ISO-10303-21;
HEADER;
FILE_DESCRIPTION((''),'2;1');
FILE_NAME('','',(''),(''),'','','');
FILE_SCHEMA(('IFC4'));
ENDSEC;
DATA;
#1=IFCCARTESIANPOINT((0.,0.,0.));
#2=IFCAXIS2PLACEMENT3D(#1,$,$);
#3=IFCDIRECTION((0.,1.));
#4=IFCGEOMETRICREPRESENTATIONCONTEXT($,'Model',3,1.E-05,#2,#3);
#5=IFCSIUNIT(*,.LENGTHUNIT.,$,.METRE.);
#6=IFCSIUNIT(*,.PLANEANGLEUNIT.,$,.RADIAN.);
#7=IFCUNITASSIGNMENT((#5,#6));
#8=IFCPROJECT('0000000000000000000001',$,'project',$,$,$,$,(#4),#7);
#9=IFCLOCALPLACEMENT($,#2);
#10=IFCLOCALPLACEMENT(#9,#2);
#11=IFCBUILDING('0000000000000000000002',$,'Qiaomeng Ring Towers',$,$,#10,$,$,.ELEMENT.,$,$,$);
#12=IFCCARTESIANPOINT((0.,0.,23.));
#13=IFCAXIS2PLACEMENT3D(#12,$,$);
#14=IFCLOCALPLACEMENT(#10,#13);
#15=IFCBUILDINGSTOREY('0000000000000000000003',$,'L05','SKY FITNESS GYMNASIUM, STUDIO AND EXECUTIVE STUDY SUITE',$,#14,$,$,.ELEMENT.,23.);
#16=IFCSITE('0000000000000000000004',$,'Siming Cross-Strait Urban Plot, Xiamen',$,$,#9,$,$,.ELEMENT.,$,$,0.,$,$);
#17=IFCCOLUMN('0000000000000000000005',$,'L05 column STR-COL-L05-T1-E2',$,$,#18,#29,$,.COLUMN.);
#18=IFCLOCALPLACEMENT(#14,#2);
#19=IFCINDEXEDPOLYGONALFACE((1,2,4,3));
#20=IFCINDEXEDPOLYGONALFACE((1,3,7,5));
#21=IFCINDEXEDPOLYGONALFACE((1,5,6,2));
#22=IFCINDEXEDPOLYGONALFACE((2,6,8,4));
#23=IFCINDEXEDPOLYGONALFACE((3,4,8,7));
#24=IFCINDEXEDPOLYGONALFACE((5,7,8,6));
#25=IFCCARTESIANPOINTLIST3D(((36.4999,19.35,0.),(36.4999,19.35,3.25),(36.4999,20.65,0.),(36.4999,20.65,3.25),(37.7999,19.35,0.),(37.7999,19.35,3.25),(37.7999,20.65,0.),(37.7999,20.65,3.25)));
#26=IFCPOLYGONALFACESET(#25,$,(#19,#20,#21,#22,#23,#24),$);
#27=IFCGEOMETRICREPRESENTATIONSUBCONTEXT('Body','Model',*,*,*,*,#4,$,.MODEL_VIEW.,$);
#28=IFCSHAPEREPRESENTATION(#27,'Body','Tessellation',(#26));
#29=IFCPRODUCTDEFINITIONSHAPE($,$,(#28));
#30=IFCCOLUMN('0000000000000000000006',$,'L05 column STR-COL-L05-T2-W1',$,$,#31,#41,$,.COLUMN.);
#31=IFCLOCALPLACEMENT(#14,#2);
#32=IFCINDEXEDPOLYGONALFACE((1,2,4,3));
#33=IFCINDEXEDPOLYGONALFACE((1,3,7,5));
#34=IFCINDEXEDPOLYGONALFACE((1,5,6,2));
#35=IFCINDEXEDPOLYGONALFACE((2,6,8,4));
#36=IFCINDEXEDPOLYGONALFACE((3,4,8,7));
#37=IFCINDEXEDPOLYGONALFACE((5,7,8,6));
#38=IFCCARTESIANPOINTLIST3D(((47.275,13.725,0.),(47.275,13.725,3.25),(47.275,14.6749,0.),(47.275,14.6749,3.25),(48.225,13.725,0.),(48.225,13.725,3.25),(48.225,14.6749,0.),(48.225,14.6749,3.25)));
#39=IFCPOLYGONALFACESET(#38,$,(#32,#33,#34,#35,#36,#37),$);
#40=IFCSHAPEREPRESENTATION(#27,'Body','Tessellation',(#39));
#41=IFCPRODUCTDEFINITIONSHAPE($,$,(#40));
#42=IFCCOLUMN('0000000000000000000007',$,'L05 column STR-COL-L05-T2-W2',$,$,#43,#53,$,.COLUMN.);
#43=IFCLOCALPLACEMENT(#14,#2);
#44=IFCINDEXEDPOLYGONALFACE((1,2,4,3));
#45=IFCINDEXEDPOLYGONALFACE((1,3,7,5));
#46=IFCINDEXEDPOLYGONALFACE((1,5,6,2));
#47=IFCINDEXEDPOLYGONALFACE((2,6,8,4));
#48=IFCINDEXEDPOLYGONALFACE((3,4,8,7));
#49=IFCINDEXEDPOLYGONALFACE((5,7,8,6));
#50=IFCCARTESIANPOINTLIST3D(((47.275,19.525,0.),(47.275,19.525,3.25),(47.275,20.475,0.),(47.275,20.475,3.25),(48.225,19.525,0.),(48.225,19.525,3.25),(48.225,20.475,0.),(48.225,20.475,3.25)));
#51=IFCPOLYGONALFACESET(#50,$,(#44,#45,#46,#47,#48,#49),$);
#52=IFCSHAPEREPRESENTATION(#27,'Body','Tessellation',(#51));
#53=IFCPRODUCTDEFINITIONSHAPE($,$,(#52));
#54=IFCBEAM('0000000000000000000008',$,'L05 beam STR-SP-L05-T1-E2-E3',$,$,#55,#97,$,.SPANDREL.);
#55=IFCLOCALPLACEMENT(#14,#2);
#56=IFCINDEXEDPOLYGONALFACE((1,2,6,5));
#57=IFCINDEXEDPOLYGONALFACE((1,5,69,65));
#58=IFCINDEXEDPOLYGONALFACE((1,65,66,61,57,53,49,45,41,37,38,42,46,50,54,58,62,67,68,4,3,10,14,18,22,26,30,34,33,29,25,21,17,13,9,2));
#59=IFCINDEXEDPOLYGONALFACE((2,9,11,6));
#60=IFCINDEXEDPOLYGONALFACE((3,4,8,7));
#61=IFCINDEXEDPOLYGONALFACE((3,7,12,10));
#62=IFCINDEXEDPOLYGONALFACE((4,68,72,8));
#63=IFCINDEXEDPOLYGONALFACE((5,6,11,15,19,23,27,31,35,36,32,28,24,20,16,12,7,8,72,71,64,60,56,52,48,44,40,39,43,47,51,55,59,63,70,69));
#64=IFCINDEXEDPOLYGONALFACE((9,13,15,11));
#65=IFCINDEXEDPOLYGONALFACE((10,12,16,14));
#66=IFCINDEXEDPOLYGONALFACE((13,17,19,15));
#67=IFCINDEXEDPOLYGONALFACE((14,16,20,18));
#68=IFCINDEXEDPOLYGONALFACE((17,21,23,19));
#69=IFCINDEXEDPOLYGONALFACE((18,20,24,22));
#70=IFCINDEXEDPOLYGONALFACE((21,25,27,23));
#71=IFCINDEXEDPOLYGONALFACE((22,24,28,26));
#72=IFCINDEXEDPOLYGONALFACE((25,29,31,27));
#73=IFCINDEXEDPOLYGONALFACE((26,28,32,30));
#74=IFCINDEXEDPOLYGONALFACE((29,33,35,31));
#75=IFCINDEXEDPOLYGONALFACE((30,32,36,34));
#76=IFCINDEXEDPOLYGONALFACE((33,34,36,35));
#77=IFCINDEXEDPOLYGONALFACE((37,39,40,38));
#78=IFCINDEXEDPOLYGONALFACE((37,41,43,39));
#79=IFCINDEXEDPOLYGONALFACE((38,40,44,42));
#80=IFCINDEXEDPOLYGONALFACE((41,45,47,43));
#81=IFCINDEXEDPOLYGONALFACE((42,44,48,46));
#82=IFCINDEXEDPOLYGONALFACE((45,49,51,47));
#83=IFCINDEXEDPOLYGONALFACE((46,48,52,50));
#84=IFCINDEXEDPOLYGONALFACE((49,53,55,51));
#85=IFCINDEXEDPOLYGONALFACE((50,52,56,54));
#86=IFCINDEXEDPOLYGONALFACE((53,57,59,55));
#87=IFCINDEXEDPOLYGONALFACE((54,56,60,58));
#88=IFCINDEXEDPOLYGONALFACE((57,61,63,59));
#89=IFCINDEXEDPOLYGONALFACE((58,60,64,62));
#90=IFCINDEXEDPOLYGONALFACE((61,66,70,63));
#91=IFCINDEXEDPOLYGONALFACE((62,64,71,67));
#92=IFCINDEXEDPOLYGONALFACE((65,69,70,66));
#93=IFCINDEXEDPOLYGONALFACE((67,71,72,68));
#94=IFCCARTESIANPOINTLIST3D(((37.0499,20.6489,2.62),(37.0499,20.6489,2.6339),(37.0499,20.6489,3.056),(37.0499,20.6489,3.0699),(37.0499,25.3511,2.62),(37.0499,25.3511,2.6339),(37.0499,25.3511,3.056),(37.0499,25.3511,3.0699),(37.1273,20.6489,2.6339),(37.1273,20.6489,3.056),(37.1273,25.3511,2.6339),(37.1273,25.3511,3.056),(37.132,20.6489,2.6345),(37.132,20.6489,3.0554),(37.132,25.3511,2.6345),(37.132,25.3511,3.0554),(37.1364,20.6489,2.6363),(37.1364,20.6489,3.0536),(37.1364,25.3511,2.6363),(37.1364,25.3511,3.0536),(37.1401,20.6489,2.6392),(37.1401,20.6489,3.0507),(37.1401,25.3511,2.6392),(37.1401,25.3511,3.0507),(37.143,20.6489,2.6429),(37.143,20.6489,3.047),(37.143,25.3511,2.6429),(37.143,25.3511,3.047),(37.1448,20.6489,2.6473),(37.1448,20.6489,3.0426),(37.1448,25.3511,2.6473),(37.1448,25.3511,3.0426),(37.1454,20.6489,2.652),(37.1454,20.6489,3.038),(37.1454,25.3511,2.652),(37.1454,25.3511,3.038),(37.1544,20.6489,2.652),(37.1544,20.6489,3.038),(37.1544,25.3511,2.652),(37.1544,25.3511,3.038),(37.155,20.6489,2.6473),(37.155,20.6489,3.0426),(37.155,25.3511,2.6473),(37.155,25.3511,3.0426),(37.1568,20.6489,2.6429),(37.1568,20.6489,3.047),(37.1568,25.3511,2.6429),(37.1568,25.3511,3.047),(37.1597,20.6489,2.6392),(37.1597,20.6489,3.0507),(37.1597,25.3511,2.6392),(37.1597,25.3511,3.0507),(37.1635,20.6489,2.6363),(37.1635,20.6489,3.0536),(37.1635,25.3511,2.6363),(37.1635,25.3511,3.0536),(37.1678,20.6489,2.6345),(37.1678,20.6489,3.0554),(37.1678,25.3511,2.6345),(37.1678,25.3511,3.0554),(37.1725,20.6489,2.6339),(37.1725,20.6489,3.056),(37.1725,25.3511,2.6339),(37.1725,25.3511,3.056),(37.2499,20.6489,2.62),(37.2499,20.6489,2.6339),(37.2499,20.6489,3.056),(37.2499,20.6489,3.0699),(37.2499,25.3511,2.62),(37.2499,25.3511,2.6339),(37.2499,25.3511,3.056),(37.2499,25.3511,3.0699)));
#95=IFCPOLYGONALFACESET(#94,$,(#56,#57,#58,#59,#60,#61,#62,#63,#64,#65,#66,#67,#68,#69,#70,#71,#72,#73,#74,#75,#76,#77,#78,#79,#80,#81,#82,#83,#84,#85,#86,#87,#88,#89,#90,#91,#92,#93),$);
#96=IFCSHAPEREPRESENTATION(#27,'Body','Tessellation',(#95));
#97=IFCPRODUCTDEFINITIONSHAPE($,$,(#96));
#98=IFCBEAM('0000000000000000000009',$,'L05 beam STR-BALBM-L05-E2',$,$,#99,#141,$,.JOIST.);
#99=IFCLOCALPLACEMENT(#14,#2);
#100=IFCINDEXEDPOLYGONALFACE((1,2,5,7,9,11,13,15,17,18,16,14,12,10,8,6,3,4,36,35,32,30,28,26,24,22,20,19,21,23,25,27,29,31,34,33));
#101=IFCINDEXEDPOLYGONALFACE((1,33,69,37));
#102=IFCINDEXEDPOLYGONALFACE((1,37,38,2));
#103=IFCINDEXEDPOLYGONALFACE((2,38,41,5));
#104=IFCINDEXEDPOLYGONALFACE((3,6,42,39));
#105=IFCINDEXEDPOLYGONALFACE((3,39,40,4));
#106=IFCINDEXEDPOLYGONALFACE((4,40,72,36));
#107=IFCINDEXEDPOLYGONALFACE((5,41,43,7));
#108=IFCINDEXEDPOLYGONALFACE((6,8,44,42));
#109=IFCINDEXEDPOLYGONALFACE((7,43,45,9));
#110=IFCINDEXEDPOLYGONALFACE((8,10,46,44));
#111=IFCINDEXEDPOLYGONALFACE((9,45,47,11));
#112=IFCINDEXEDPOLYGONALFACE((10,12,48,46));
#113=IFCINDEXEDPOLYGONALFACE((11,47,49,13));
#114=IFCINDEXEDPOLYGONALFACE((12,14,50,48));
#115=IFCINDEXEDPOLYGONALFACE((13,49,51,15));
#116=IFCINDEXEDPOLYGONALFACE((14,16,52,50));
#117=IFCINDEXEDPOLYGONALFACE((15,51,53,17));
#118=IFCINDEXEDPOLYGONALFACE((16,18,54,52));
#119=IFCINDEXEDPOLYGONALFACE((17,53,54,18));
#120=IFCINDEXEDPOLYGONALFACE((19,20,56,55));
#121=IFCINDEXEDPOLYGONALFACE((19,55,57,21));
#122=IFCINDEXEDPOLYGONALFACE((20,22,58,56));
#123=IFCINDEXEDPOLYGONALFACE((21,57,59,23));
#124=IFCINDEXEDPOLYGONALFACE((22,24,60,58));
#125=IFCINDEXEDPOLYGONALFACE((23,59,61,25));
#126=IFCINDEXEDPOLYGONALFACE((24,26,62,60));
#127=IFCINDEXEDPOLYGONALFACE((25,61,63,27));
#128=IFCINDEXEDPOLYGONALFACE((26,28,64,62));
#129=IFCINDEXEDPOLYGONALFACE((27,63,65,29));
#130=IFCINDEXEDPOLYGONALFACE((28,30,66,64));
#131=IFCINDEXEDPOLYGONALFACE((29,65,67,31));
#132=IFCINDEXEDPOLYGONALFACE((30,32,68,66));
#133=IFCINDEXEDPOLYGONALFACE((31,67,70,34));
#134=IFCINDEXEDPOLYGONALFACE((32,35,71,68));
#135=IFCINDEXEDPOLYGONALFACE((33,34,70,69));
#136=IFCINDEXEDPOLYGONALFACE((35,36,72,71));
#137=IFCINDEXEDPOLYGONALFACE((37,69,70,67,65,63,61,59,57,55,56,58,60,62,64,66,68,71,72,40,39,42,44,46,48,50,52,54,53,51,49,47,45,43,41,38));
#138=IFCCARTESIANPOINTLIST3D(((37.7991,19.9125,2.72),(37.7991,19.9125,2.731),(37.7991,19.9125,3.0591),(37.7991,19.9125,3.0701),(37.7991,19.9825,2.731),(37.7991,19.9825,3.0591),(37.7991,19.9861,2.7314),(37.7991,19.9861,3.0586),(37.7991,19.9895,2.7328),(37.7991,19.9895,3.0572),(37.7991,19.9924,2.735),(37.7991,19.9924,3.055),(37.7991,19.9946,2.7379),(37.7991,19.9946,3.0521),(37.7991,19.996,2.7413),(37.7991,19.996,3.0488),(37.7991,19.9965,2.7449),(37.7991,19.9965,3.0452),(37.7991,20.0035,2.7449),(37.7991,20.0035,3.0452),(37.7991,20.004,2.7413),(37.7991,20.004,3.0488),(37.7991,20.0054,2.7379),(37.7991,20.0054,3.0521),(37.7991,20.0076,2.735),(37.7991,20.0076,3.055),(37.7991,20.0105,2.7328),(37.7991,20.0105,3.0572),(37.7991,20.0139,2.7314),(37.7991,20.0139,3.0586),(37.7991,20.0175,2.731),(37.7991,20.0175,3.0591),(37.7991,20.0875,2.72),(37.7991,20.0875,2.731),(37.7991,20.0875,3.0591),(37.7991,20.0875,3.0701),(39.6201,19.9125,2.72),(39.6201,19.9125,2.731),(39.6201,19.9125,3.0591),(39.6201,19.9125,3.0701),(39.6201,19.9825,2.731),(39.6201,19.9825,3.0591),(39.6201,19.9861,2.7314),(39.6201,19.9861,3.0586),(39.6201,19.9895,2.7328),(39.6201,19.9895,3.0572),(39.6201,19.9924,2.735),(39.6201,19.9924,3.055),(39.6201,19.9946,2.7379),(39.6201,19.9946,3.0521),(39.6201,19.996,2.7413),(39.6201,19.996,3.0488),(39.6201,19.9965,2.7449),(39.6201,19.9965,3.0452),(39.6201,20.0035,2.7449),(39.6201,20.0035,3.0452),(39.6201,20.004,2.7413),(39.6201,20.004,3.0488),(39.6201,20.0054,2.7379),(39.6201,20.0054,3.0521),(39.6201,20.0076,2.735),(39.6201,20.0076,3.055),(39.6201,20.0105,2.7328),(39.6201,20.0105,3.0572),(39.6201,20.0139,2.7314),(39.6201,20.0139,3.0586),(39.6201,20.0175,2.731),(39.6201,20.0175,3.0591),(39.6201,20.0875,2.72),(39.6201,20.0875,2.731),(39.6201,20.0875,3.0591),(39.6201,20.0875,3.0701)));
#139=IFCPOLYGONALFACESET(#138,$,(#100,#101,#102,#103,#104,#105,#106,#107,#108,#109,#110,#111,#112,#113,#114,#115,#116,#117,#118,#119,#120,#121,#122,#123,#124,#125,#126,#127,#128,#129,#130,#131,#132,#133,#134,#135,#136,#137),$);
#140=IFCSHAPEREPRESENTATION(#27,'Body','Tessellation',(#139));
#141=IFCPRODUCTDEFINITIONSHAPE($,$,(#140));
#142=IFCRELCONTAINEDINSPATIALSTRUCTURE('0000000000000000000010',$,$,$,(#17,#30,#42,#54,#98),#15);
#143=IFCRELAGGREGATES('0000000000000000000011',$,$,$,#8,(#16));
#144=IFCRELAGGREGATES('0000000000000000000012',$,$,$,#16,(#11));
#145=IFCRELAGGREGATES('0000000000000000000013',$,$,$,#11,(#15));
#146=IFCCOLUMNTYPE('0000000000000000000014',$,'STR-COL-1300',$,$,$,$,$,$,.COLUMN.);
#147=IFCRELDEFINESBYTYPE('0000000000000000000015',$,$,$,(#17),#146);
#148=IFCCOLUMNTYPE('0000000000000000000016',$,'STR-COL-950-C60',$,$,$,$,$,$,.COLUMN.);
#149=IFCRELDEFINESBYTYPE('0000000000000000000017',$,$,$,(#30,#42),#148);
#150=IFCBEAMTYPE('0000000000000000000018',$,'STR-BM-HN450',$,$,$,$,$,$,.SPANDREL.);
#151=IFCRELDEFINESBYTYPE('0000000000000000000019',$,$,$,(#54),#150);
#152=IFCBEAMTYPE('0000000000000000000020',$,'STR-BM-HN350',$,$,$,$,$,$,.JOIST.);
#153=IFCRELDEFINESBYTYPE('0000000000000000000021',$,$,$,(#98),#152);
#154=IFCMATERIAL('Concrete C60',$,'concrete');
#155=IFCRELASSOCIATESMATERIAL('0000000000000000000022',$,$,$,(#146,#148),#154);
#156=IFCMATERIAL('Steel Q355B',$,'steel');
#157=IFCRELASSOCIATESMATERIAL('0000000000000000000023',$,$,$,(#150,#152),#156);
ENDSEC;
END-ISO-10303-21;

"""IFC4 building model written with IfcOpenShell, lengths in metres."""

from ifc_helpers import new_model, si_unit, direction, frame, origin, origin_2d, place, context, subcontext, project, spatial, rectangle, i_section, extrude, source, transform, mapped, material, material_profile, profile_set, type_object, element, save


model = new_model("IFC4")

# Units and contexts
model_context = context("Model", 3, precision=1e-05, world=origin(), true_north=direction((0.0, 1.0)))
body_context = subcontext(model_context, "Body", "Model", "MODEL_VIEW")
ifc_project = project(units=[si_unit("LENGTHUNIT", "METRE"), si_unit("PLANEANGLEUNIT", "RADIAN")], contexts=[model_context])

# Site, building, storey
site_placement = place(None, origin())
site = spatial("IfcSite", under=ifc_project, at=site_placement, Name="Siming Cross-Strait Urban Plot, Xiamen", CompositionType="ELEMENT", RefElevation=0.0)
building_placement = place(site_placement, origin())
building = spatial("IfcBuilding", under=site, at=building_placement, Name="Qiaomeng Ring Towers", CompositionType="ELEMENT")
storey_placement = place(building_placement, frame((0.0, 0.0, 23.0)))
storey = spatial("IfcBuildingStorey", under=building, at=storey_placement, Name="L05", Description="SKY FITNESS GYMNASIUM, STUDIO AND EXECUTIVE STUDY SUITE", CompositionType="ELEMENT", Elevation=23.0)

# Columns
ifc_material_1 = material(Name="Concrete C60", Category="concrete")
ifc_material_profile_1 = material_profile(ifc_material_1, rectangle(XDim=1.3, YDim=1.3, at=origin_2d()), Name="RC COL 1300x1300")
ifc_profile_set_1 = profile_set([ifc_material_profile_1], Name="Concrete C60")
column_type_1 = type_object("IfcColumnType", Name="STR-COL-1300", PredefinedType="COLUMN", material=ifc_profile_set_1)
shared_shape_1 = source(origin(), body_context, "Body", "SweptSolid", [
    extrude(rectangle(XDim=1.3, YDim=1.3, at=origin_2d()), origin(), (0.0, 0.0, 1.0), 3.25),
])
column_placement = place(storey_placement, frame((37.1499, 20.0, 0.0), z_axis=(0.0, 0.0, 1.0), x_axis=(1.0, 0.0, 0.0)))
element("IfcColumn", 1, at=column_placement, inside=storey, type_object=column_type_1, Name="L05 column STR-COL-L05-T1-E2", PredefinedType="COLUMN", context=body_context, shape_type="MappedRepresentation", body=[
    mapped(shared_shape_1, transform((0.0, 0.0, 0.0), x_axis=(1.0, 0.0, 0.0), y_axis=(0.0, 1.0, 0.0), z_axis=(0.0, 0.0, 1.0), scale=1.0)),
])
ifc_material_profile_2 = material_profile(ifc_material_1, rectangle(XDim=0.95, YDim=0.95, at=origin_2d()), Name="RC COL 950x950")
ifc_profile_set_2 = profile_set([ifc_material_profile_2], Name="Concrete C60")
column_type_2 = type_object("IfcColumnType", Name="STR-COL-950-C60", PredefinedType="COLUMN", material=ifc_profile_set_2)
shared_shape_2 = source(origin(), body_context, "Body", "SweptSolid", [
    extrude(rectangle(XDim=0.95, YDim=0.95, at=origin_2d()), origin(), (0.0, 0.0, 1.0), 3.25),
])
for number, where, z_axis, x_axis, name in (
    (2, (47.75, 14.2, 0.0), (0.0, 0.0, 1.0), (1.0, 0.0, 0.0), "L05 column STR-COL-L05-T2-W1"),
    (3, (47.75, 20.0, 0.0), (0.0, 0.0, 1.0), (1.0, 0.0, 0.0), "L05 column STR-COL-L05-T2-W2"),
):
    element("IfcColumn", number, at=place(storey_placement, frame(where, z_axis=z_axis, x_axis=x_axis)), inside=storey, type_object=column_type_2, Name=name, PredefinedType="COLUMN", context=body_context, shape_type="MappedRepresentation", body=[
        mapped(shared_shape_2, transform((0.0, 0.0, 0.0), x_axis=(1.0, 0.0, 0.0), y_axis=(0.0, 1.0, 0.0), z_axis=(0.0, 0.0, 1.0), scale=1.0)),
    ])

# Beams
ifc_material_2 = material(Name="Steel Q355B", Category="steel")
ifc_material_profile_3 = material_profile(ifc_material_2, i_section(OverallWidth=0.2, OverallDepth=0.45, WebThickness=0.009, FlangeThickness=0.0139, FilletRadius=0.0181, at=origin_2d()), Name="HN 450x200x9x14")
ifc_profile_set_3 = profile_set([ifc_material_profile_3], Name="Steel Q355B")
beam_type_1 = type_object("IfcBeamType", Name="STR-BM-HN450", PredefinedType="SPANDREL", material=ifc_profile_set_3)
shared_shape_3 = source(origin(), body_context, "Body", "SweptSolid", [
    extrude(i_section(OverallWidth=0.2, OverallDepth=0.45, WebThickness=0.009, FlangeThickness=0.0139, FilletRadius=0.0181, at=origin_2d()), origin(), (0.0, 0.0, 1.0), 4.7021),
])
beam_1_placement = place(storey_placement, frame((37.1499, 20.6489, 2.845), z_axis=(0.0, 1.0, 0.0), x_axis=(-1.0, 0.0, 0.0)))
element("IfcBeam", 4, at=beam_1_placement, inside=storey, type_object=beam_type_1, Name="L05 beam STR-SP-L05-T1-E2-E3", PredefinedType="SPANDREL", context=body_context, shape_type="MappedRepresentation", body=[
    mapped(shared_shape_3, transform((0.0, 0.0, 0.0), x_axis=(1.0, 0.0, 0.0), y_axis=(0.0, 1.0, 0.0), z_axis=(0.0, 0.0, 1.0), scale=1.0)),
])
ifc_material_profile_4 = material_profile(ifc_material_2, i_section(OverallWidth=0.175, OverallDepth=0.3501, WebThickness=0.0071, FlangeThickness=0.011, FilletRadius=0.0139, at=origin_2d()), Name="HN 350x175x7x11")
ifc_profile_set_4 = profile_set([ifc_material_profile_4], Name="Steel Q355B")
beam_type_2 = type_object("IfcBeamType", Name="STR-BM-HN350", PredefinedType="JOIST", material=ifc_profile_set_4)
shared_shape_4 = source(origin(), body_context, "Body", "SweptSolid", [
    extrude(i_section(OverallWidth=0.175, OverallDepth=0.3501, WebThickness=0.0071, FlangeThickness=0.011, FilletRadius=0.0139, at=origin_2d()), origin(), (0.0, 0.0, 1.0), 1.821),
])
beam_2_placement = place(storey_placement, frame((37.7991, 20.0, 2.895), z_axis=(1.0, 0.0, 0.0), x_axis=(0.0, 1.0, 0.0)))
element("IfcBeam", 5, at=beam_2_placement, inside=storey, type_object=beam_type_2, Name="L05 beam STR-BALBM-L05-E2", PredefinedType="JOIST", context=body_context, shape_type="MappedRepresentation", body=[
    mapped(shared_shape_4, transform((0.0, 0.0, 0.0), x_axis=(1.0, 0.0, 0.0), y_axis=(0.0, 1.0, 0.0), z_axis=(0.0, 0.0, 1.0), scale=1.0)),
])

save(model, "model.ifc")
